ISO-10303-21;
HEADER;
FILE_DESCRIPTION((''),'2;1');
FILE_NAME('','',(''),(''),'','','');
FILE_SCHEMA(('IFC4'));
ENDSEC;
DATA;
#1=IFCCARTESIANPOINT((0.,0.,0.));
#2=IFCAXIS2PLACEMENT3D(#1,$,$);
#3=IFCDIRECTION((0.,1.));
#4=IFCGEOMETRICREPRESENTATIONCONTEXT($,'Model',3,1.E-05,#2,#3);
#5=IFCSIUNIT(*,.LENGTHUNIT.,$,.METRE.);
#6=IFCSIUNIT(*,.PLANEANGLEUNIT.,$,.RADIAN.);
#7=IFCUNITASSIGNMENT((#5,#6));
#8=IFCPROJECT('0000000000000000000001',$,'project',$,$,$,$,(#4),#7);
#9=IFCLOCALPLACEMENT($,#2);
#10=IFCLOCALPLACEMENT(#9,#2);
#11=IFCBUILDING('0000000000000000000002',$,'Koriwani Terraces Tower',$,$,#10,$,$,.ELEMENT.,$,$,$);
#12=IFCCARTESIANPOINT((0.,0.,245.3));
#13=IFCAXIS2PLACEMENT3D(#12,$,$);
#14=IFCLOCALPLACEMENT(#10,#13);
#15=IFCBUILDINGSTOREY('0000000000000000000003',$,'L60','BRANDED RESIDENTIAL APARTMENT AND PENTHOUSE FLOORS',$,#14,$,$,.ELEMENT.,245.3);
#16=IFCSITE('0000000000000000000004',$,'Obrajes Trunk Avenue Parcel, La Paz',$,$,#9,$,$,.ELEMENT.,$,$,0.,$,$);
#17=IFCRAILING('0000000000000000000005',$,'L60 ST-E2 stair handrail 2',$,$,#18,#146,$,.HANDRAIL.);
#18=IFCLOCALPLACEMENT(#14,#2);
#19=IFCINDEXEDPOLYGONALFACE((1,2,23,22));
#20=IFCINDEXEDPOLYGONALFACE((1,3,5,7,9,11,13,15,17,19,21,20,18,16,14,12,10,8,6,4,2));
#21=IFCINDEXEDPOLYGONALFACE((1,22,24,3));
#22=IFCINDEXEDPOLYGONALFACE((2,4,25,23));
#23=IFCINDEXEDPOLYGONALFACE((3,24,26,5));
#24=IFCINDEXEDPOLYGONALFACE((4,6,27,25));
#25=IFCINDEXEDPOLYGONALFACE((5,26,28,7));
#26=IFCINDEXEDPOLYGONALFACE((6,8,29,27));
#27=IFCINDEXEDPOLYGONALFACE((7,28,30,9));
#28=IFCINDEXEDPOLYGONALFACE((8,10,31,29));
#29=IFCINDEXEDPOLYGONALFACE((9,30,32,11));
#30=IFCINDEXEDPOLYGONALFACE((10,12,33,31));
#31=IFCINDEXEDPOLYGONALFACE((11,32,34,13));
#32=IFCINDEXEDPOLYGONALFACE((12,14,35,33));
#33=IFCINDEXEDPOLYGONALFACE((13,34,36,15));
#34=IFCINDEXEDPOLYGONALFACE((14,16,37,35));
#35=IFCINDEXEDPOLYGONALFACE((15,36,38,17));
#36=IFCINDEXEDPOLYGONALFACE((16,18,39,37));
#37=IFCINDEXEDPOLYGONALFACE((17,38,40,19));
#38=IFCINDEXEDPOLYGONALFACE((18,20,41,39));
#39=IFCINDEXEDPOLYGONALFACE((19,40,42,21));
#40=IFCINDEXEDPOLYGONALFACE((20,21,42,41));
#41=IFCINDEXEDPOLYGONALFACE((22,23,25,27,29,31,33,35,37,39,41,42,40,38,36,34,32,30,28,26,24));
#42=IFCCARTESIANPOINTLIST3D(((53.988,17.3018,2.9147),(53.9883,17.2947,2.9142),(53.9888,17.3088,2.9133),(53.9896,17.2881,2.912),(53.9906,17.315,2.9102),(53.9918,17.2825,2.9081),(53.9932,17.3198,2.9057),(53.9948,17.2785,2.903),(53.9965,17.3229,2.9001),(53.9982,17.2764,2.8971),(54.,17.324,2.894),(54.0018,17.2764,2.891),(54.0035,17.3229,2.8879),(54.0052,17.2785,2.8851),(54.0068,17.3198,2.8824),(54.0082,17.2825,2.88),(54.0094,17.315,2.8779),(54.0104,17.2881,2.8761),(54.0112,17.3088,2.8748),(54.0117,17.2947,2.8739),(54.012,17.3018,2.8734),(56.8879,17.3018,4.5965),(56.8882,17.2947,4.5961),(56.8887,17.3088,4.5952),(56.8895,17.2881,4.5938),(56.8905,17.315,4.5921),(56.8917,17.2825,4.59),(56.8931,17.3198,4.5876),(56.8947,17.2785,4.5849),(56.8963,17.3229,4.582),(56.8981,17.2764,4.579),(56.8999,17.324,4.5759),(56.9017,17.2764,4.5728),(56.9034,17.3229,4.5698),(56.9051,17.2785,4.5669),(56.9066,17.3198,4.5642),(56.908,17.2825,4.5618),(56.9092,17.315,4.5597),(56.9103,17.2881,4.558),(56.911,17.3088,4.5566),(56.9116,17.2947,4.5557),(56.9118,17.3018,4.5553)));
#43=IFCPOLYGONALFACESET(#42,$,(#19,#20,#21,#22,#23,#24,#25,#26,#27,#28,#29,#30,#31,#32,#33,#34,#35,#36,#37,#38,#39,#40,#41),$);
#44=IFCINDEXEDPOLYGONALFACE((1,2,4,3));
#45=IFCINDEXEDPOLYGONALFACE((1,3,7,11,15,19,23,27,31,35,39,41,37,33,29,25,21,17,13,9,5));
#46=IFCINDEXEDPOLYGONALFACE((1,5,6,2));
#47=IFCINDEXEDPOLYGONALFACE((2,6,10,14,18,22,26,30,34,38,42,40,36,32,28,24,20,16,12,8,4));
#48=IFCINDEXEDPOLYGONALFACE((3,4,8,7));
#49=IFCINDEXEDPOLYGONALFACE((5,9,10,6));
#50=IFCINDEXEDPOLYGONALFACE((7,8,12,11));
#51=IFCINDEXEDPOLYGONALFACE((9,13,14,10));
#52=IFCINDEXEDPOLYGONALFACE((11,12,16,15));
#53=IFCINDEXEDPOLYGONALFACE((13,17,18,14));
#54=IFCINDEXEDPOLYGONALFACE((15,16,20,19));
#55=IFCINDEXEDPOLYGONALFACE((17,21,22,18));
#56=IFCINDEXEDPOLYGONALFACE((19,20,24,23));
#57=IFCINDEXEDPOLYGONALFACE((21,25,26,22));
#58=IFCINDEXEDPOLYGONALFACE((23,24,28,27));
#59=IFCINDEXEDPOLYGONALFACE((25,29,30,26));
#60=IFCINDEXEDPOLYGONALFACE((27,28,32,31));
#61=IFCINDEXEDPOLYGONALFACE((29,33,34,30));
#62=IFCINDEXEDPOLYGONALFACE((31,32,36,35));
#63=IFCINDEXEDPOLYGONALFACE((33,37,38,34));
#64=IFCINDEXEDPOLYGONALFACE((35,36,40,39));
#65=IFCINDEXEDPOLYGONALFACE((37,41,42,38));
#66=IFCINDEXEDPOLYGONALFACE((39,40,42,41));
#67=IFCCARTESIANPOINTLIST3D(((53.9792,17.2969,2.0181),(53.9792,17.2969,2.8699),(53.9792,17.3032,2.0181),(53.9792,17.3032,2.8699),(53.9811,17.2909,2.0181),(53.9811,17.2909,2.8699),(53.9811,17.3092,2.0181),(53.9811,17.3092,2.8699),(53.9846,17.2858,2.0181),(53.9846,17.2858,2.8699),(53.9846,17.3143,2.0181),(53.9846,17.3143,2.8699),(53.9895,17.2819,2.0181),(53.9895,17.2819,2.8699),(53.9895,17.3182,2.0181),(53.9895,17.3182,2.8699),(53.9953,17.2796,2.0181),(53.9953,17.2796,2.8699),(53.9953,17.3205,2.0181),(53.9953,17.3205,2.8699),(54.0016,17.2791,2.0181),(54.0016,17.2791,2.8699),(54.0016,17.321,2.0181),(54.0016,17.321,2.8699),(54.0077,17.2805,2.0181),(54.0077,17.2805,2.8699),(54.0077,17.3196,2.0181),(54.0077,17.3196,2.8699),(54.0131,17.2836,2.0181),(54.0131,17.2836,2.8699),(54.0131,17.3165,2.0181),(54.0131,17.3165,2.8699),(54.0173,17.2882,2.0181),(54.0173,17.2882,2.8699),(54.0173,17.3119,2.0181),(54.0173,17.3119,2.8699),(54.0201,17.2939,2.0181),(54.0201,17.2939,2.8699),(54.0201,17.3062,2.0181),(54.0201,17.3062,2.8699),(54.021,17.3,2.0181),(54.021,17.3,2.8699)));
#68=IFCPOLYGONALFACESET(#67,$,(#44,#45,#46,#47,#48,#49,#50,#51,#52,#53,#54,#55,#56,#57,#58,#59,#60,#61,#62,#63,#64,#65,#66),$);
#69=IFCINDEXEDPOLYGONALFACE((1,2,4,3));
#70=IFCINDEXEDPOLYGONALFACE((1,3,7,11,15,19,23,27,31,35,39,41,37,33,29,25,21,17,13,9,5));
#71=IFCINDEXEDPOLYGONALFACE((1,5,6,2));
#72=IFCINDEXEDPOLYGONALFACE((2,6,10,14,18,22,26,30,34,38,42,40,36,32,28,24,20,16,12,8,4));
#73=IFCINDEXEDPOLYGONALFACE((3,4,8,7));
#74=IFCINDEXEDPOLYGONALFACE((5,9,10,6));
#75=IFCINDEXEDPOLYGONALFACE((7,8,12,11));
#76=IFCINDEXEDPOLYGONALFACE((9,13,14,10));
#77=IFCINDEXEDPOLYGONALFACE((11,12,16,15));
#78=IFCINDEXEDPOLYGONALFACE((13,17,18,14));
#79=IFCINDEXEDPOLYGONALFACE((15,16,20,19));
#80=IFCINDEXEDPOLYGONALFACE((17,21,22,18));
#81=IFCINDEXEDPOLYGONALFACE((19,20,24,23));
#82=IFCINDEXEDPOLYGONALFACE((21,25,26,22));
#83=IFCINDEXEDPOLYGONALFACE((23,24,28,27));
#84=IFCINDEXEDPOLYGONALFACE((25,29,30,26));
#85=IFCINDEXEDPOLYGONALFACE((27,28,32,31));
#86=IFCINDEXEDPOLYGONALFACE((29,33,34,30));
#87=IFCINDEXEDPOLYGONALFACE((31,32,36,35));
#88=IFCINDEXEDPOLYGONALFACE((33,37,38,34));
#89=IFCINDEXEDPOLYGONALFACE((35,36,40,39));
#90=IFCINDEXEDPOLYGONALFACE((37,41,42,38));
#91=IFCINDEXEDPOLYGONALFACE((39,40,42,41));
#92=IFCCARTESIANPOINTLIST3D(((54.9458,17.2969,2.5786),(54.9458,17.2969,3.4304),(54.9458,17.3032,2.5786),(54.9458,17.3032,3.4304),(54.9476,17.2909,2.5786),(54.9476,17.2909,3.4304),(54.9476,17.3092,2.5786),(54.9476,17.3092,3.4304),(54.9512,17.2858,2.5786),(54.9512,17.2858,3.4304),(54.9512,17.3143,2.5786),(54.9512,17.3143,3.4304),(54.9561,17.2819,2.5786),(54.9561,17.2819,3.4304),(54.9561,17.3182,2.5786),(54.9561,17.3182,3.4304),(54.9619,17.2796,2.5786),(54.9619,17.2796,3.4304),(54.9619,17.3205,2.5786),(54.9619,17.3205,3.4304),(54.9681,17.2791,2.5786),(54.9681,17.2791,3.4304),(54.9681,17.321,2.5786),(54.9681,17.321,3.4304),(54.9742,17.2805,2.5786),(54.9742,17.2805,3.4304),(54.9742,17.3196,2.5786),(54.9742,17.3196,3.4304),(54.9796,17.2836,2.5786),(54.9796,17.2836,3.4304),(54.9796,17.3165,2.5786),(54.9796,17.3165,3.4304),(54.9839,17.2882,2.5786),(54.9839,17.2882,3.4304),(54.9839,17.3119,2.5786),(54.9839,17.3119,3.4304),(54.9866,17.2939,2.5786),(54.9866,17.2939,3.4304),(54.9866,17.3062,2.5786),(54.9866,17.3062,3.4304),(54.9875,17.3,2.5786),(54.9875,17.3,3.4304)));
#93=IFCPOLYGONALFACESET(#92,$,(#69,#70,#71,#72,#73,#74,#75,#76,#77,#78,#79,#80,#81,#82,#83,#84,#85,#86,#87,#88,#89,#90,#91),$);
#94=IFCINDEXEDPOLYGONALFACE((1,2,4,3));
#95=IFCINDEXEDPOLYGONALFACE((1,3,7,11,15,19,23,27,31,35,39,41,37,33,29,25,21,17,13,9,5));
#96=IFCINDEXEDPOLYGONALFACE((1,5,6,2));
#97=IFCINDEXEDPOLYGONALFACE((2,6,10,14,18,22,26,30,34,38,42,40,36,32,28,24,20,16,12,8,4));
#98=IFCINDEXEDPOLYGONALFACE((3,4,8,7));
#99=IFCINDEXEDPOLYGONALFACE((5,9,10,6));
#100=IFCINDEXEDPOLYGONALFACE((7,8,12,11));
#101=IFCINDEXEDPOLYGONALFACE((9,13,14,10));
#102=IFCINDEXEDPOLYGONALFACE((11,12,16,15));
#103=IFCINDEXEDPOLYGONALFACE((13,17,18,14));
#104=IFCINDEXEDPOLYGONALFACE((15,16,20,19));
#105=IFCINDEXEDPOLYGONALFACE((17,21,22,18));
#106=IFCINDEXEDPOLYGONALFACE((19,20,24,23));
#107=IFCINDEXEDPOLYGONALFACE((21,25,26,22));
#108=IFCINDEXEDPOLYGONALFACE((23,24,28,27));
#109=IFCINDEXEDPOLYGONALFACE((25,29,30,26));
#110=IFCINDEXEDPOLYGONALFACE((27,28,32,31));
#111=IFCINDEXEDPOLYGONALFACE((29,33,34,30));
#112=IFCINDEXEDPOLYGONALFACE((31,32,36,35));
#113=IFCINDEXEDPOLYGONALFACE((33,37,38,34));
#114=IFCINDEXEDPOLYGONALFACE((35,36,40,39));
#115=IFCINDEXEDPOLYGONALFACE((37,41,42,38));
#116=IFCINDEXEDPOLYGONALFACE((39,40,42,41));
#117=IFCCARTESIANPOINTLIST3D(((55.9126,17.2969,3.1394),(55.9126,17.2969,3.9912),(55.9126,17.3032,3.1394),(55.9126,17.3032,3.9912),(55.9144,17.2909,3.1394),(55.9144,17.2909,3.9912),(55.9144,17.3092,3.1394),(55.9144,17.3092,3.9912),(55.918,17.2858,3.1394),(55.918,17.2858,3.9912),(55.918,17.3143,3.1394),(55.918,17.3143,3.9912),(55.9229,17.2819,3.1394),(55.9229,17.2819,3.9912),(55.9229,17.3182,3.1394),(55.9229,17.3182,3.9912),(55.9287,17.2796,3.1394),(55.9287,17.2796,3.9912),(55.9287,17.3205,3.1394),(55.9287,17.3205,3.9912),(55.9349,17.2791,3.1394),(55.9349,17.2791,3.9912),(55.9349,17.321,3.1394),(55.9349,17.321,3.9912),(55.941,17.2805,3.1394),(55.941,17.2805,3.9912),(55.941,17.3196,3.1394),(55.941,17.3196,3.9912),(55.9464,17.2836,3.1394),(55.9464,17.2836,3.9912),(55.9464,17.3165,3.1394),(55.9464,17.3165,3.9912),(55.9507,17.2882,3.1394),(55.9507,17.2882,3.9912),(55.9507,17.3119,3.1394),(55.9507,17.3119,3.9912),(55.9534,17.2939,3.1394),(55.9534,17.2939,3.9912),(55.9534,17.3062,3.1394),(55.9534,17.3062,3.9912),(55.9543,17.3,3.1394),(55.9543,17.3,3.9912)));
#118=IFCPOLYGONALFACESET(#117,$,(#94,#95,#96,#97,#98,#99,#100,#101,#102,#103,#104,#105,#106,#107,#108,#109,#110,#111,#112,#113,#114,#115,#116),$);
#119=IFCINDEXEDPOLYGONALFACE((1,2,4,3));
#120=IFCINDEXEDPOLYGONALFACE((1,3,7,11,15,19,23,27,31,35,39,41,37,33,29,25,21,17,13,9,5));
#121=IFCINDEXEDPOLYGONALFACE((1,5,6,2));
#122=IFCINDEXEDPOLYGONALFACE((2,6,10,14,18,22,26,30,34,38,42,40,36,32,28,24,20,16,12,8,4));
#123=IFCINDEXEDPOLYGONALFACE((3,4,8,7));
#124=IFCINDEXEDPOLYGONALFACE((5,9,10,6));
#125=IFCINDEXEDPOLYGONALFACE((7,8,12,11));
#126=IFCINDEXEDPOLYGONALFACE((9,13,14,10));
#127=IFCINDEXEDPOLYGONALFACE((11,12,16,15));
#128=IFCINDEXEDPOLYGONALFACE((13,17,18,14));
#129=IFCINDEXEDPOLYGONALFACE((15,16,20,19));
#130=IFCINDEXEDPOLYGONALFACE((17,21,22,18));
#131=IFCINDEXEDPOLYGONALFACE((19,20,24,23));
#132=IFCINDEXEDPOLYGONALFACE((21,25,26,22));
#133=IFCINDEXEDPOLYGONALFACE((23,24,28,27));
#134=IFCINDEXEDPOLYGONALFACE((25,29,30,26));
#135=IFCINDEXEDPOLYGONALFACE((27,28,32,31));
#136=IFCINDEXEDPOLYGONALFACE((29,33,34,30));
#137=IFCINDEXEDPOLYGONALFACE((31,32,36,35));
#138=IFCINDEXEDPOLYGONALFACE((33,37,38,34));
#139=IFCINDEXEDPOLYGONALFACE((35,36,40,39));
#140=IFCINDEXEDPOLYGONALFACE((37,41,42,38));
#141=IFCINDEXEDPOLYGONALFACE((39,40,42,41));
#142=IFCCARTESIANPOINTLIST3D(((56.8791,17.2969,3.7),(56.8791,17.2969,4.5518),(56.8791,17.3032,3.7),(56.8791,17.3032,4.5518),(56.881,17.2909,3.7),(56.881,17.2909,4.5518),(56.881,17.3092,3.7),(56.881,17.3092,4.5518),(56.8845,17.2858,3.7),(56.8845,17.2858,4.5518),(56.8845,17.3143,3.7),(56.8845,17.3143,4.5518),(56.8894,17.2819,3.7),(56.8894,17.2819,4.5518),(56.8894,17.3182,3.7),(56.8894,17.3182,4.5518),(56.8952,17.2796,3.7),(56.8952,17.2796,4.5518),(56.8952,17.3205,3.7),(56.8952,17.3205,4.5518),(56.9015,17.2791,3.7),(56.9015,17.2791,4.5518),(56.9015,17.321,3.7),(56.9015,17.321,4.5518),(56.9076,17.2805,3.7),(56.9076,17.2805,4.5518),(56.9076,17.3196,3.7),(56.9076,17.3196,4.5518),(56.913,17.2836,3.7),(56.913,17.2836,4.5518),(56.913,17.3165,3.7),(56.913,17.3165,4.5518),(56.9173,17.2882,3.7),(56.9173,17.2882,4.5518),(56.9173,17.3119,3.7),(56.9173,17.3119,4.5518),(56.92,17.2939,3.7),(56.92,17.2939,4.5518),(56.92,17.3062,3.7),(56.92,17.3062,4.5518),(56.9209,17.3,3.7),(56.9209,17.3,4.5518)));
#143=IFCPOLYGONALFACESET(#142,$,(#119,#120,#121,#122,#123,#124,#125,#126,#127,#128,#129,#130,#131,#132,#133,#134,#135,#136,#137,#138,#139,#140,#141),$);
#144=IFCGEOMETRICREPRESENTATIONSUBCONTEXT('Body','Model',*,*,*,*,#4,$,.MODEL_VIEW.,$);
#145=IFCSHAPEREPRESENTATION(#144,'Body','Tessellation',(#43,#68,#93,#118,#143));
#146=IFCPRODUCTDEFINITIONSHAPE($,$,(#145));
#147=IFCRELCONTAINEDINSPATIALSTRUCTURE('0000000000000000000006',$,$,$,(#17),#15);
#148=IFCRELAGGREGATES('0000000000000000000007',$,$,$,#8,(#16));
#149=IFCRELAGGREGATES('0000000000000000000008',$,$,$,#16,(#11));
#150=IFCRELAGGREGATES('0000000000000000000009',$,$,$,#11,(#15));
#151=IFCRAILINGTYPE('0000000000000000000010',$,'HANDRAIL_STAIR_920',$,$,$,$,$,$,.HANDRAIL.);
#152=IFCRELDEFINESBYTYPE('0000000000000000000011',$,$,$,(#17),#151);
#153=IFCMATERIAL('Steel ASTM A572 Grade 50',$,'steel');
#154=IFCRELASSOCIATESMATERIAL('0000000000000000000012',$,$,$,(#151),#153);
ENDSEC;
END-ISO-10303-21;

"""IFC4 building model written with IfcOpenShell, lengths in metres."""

from ifc_helpers import new_model, si_unit, direction, frame, origin, origin_2d, place, context, subcontext, project, spatial, circle, extrude, material, type_object, element, save


model = new_model("IFC4")

# Units and contexts
model_context = context("Model", 3, precision=1e-05, world=origin(), true_north=direction((0.0, 1.0)))
body_context = subcontext(model_context, "Body", "Model", "MODEL_VIEW")
ifc_project = project(units=[si_unit("LENGTHUNIT", "METRE"), si_unit("PLANEANGLEUNIT", "RADIAN")], contexts=[model_context])

# Site, building, storey
site_placement = place(None, origin())
site = spatial("IfcSite", under=ifc_project, at=site_placement, Name="Obrajes Trunk Avenue Parcel, La Paz", CompositionType="ELEMENT", RefElevation=0.0)
building_placement = place(site_placement, origin())
building = spatial("IfcBuilding", under=site, at=building_placement, Name="Koriwani Terraces Tower", CompositionType="ELEMENT")
storey_placement = place(building_placement, frame((0.0, 0.0, 245.3)))
storey = spatial("IfcBuildingStorey", under=building, at=storey_placement, Name="L60", Description="BRANDED RESIDENTIAL APARTMENT AND PENTHOUSE FLOORS", CompositionType="ELEMENT", Elevation=245.3)

# Shared definitions
ifc_material_1 = material(Name="Steel ASTM A572 Grade 50", Category="steel")

# Railing
railing_type_1 = type_object("IfcRailingType", Name="HANDRAIL_STAIR_920", PredefinedType="HANDRAIL", material=ifc_material_1)
railing_1_placement = place(storey_placement, frame((54.0, 17.3, 2.0181)))
element("IfcRailing", 1, at=railing_1_placement, inside=storey, type_object=railing_type_1, Name="L60 ST-E2 stair handrail 2", PredefinedType="HANDRAIL", context=body_context, shape_type="SweptSolid", body=[
    extrude(circle(Radius=0.0239, at=origin_2d()), frame((0.0, 0.0, 0.876), z_axis=(0.865039, 0.0, 0.501705), x_axis=(0.0, 1.0, 0.0)), (0.0, 0.0, 1.0), 3.3523),
    extrude(circle(Radius=0.021, at=origin_2d()), origin(), (0.0, 0.0, 1.0), 0.8518),
    extrude(circle(Radius=0.021, at=origin_2d()), frame((0.9666, 0.0, 0.5605)), (0.0, 0.0, 1.0), 0.8518),
    extrude(circle(Radius=0.021, at=origin_2d()), frame((1.9333, 0.0, 1.1213)), (0.0, 0.0, 1.0), 0.8518),
    extrude(circle(Radius=0.021, at=origin_2d()), frame((2.8999, 0.0, 1.6819)), (0.0, 0.0, 1.0), 0.8518),
])

save(model, "model.ifc")
